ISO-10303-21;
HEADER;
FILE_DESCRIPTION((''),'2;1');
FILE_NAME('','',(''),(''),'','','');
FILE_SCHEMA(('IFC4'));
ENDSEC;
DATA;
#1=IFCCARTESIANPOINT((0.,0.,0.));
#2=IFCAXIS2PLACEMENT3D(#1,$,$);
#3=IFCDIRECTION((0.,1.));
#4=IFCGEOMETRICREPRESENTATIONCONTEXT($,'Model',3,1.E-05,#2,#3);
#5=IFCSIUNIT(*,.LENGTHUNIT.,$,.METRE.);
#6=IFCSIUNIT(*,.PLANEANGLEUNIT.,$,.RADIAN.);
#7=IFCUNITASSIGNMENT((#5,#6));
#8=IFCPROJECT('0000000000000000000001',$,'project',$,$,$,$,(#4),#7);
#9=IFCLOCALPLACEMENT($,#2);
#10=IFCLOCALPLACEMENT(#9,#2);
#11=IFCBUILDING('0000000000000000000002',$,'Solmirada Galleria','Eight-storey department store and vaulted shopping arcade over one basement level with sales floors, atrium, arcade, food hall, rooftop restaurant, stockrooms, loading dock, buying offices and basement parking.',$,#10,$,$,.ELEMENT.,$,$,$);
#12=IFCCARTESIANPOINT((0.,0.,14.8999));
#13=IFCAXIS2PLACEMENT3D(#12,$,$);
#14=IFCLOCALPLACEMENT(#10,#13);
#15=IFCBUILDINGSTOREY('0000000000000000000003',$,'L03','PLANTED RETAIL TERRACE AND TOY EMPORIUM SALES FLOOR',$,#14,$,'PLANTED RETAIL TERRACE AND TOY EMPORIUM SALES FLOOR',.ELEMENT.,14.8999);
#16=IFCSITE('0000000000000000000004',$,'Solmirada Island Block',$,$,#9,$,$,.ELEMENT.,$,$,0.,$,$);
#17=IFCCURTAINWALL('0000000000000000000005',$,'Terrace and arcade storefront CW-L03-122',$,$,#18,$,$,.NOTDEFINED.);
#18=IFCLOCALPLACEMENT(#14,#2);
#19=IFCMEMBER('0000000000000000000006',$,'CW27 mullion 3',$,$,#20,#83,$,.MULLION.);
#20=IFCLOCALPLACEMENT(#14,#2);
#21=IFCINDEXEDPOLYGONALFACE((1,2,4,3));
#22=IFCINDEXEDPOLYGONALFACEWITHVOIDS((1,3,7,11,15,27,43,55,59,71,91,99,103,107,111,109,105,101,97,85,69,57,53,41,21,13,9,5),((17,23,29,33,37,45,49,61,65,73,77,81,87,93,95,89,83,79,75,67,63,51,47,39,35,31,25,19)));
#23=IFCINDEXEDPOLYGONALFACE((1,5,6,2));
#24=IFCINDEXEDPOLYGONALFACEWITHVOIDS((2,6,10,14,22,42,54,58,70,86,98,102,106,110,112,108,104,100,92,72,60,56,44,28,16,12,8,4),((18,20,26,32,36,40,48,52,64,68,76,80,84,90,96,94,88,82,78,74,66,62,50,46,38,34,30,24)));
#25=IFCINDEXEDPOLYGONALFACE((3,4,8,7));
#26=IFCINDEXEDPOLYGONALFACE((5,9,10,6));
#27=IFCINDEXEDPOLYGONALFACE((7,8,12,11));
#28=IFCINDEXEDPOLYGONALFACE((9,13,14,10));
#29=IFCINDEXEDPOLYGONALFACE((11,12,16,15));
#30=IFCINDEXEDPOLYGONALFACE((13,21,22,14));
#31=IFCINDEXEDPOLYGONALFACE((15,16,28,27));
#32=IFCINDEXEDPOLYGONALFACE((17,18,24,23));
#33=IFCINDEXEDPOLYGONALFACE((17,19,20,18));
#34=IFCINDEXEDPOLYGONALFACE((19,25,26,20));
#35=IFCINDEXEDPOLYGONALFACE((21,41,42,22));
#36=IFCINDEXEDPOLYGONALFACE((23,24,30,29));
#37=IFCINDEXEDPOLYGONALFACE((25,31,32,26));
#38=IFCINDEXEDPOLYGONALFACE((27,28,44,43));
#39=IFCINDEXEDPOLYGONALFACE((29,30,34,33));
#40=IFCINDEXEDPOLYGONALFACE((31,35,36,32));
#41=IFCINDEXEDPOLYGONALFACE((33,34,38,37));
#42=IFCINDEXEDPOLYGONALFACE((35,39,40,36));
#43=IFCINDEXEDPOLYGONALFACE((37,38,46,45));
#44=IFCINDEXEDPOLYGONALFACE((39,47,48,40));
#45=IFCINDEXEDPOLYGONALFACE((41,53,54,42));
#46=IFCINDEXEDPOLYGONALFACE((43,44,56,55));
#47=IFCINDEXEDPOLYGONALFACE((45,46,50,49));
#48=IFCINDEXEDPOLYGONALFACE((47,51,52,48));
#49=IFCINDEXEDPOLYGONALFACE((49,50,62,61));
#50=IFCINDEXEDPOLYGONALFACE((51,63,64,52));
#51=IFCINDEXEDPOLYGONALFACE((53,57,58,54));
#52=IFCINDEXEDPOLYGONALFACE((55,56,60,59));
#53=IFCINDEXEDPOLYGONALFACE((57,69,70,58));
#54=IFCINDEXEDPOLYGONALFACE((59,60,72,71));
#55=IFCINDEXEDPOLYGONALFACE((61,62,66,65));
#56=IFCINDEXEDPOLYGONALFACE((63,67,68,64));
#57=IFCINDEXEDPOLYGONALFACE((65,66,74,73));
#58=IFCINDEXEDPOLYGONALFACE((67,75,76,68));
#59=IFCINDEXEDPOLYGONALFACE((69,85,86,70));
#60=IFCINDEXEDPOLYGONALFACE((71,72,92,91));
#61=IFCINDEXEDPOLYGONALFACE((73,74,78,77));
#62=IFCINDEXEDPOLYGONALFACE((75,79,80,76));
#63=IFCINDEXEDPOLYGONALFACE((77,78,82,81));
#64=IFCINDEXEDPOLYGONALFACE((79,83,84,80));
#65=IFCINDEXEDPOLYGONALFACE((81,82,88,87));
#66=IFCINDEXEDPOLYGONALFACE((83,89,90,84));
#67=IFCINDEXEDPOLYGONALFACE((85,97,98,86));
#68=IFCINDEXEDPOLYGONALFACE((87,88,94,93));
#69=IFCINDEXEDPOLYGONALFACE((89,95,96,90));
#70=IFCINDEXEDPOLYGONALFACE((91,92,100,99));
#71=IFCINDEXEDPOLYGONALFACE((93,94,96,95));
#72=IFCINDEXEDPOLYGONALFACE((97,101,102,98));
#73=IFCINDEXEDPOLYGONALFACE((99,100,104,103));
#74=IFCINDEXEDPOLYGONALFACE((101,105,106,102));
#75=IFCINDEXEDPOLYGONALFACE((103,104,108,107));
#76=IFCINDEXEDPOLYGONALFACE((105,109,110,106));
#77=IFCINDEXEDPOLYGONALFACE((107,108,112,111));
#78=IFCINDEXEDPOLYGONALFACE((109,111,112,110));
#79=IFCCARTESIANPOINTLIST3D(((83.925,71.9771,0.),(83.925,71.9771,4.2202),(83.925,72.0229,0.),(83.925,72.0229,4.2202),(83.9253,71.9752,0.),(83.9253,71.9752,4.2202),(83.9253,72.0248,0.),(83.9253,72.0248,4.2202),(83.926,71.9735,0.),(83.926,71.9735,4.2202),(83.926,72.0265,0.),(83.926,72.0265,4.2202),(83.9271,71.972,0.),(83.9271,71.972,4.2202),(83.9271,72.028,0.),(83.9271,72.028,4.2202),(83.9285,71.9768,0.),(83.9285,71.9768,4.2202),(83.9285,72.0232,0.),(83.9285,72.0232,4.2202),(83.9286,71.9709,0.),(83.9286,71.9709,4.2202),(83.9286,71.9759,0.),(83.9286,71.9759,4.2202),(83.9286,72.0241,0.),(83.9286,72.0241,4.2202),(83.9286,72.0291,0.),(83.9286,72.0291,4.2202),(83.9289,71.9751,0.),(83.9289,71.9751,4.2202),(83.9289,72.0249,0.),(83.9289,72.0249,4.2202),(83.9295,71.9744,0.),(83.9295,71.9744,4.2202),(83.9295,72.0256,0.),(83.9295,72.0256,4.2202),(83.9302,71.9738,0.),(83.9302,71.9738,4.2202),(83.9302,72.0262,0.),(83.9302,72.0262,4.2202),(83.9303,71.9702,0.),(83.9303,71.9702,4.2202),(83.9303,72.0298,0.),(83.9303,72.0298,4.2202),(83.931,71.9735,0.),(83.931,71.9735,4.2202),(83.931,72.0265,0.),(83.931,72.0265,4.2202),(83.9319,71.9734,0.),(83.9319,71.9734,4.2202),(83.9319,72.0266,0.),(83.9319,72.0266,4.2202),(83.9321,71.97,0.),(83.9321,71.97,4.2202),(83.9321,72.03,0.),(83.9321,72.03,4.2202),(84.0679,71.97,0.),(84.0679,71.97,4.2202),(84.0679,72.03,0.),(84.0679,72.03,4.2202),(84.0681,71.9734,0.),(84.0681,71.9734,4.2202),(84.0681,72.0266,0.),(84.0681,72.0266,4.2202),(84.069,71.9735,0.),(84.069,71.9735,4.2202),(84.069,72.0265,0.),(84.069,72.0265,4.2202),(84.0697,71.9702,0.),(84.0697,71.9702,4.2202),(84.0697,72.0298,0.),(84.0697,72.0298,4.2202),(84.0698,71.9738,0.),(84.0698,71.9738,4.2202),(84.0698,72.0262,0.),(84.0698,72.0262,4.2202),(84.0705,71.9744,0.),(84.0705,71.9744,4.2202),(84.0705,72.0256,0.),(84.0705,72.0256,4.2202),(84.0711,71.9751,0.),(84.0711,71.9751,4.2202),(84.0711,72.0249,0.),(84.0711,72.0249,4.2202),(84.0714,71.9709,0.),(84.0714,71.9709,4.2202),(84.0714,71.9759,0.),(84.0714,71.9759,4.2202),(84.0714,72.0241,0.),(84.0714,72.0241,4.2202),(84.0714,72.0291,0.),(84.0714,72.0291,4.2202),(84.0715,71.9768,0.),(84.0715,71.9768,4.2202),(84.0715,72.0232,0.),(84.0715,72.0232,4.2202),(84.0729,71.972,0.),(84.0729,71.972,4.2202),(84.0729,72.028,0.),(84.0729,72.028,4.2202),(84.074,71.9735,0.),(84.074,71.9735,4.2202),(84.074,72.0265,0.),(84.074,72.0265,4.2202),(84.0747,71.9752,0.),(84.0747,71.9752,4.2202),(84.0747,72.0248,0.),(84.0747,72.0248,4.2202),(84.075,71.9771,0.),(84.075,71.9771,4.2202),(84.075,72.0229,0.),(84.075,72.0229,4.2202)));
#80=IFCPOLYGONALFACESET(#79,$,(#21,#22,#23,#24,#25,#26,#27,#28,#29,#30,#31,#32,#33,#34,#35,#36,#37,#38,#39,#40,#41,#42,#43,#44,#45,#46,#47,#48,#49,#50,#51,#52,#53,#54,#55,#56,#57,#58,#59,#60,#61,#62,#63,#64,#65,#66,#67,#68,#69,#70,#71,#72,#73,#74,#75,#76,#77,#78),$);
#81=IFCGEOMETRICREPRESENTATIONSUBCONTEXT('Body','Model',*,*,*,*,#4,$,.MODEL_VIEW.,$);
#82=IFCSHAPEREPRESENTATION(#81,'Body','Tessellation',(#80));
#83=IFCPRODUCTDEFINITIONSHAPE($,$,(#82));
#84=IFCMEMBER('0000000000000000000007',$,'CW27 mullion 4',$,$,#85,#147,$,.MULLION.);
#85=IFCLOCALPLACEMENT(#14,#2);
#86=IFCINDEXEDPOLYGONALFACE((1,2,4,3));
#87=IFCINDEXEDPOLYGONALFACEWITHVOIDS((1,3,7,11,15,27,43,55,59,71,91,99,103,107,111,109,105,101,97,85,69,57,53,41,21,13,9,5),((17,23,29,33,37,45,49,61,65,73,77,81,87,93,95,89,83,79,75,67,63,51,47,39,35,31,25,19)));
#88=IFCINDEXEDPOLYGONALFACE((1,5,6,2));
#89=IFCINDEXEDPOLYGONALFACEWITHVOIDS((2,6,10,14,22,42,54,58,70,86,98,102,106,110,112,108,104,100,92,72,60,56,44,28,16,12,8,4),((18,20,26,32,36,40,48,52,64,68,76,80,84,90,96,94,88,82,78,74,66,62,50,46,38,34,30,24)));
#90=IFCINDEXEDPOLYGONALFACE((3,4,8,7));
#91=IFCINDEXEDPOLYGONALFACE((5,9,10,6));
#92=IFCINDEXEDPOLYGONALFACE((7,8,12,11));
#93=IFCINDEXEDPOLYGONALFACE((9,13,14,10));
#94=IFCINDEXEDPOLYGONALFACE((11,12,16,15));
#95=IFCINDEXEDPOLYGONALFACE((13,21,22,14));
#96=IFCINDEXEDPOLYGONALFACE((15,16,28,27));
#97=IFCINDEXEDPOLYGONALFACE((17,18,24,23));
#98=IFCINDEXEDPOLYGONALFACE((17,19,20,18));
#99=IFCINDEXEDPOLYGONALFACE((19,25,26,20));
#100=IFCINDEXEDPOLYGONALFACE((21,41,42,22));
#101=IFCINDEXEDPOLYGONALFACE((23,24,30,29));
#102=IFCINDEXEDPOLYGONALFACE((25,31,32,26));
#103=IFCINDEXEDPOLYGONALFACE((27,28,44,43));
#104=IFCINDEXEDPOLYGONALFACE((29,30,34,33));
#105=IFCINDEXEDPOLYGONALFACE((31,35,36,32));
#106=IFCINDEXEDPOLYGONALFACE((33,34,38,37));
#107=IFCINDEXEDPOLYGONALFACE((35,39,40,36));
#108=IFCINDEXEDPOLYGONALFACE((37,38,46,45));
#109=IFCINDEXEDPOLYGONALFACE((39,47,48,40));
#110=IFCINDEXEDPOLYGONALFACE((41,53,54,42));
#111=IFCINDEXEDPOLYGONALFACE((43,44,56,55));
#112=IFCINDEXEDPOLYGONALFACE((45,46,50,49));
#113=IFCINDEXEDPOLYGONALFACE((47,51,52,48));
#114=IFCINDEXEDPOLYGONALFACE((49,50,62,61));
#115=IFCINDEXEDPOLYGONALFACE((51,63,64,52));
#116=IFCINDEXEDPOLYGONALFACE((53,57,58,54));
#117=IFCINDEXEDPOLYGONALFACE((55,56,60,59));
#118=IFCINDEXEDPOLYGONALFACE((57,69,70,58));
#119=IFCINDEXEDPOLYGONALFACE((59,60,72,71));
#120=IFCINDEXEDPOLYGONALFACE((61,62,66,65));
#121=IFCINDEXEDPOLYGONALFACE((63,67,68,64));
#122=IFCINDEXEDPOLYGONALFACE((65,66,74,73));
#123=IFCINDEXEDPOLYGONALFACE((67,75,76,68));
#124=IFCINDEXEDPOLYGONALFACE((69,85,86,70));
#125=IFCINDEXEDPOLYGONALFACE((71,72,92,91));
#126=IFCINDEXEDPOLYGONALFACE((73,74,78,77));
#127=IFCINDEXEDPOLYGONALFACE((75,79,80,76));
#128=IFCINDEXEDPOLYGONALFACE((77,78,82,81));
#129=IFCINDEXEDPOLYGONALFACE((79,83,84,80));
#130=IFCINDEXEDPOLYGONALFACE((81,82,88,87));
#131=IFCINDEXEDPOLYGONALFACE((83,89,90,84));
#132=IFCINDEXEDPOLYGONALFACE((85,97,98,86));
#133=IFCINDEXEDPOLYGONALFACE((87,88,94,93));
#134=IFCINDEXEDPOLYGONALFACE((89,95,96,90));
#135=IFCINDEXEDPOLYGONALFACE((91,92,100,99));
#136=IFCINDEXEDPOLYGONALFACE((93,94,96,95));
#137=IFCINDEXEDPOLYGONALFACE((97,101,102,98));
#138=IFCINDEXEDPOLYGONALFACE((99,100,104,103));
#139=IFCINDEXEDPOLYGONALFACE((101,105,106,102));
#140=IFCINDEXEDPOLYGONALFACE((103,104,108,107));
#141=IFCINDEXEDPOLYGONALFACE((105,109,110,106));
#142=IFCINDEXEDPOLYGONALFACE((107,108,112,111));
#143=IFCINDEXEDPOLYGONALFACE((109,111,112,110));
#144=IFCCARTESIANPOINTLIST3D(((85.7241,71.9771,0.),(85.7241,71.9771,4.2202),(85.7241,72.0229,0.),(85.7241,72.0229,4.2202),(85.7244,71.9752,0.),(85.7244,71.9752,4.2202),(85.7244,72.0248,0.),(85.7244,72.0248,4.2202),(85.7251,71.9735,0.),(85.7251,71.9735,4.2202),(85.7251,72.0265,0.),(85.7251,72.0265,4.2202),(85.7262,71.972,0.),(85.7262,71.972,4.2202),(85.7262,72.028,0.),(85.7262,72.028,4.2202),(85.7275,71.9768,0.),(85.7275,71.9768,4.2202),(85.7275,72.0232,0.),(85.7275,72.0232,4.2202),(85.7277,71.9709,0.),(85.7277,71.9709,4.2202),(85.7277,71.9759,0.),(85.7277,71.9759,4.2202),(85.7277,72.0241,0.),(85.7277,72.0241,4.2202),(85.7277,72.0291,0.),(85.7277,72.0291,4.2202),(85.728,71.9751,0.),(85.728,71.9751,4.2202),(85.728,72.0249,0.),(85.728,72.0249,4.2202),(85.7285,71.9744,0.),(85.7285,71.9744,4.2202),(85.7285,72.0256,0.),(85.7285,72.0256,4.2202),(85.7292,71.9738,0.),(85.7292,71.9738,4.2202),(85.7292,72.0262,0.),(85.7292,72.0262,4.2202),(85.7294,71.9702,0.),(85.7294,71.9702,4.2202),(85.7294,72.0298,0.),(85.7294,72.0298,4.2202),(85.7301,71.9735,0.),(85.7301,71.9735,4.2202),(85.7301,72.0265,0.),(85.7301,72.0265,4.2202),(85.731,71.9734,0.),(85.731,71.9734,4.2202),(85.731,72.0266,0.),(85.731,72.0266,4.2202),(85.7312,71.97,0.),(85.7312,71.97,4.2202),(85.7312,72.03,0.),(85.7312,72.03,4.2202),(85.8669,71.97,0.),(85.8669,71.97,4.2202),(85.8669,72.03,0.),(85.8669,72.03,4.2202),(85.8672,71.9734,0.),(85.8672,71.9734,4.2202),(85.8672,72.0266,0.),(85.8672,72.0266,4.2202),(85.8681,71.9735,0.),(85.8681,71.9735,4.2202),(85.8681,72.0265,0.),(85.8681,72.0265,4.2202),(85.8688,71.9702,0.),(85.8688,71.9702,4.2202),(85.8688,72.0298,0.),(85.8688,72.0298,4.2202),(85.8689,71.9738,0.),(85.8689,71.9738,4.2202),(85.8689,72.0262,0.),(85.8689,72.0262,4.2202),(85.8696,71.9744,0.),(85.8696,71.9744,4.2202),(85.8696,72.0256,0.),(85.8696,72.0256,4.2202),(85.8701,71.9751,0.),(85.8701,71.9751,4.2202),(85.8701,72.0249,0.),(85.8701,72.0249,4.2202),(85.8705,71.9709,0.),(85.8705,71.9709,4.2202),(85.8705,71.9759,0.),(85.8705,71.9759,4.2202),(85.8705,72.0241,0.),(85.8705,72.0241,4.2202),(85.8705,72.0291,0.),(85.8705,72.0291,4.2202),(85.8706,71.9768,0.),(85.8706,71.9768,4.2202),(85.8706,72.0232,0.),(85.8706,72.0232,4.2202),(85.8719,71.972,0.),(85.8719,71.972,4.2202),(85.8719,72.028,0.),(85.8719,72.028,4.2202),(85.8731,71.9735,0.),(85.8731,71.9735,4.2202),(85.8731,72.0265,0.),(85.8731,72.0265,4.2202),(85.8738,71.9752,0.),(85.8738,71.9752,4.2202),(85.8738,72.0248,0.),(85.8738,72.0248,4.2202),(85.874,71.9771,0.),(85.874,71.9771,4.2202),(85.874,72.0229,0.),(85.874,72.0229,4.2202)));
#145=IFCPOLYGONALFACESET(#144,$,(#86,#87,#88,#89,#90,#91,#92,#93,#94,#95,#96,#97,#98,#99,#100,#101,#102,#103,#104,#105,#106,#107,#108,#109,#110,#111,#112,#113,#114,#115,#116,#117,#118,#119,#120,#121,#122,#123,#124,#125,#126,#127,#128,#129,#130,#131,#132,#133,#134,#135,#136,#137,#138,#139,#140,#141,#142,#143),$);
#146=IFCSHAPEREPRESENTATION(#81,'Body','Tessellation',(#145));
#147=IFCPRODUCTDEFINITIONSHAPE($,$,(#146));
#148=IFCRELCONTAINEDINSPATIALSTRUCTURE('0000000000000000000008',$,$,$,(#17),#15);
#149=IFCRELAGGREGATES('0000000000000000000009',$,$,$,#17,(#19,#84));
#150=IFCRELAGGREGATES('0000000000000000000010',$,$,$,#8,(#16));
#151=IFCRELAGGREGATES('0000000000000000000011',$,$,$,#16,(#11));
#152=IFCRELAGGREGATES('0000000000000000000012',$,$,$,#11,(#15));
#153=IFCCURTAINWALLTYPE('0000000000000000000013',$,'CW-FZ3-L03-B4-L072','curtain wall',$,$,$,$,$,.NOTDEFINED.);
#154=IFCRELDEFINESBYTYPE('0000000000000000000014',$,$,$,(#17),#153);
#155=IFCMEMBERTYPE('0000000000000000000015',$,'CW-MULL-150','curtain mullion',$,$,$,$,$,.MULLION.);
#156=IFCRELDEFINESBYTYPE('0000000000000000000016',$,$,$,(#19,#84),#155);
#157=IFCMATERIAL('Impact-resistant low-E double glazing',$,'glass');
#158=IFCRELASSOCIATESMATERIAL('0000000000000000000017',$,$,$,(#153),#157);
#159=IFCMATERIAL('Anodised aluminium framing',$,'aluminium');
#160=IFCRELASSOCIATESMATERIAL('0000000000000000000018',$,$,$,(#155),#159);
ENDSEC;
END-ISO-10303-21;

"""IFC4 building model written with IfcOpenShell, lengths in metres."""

from ifc_helpers import new_model, si_unit, direction, frame, origin, origin_2d, place, context, subcontext, project, spatial, hollow_rectangle, extrude, material, material_profile, profile_set, type_object, element, aggregate, save


model = new_model("IFC4")

# Units and contexts
model_context = context("Model", 3, precision=1e-05, world=origin(), true_north=direction((0.0, 1.0)))
body_context = subcontext(model_context, "Body", "Model", "MODEL_VIEW")
ifc_project = project(units=[si_unit("LENGTHUNIT", "METRE"), si_unit("PLANEANGLEUNIT", "RADIAN")], contexts=[model_context])

# Site, building, storey
site_placement = place(None, origin())
site = spatial("IfcSite", under=ifc_project, at=site_placement, Name="Solmirada Island Block", CompositionType="ELEMENT", RefElevation=0.0)
building_placement = place(site_placement, origin())
building = spatial("IfcBuilding", under=site, at=building_placement, Name="Solmirada Galleria", Description="Eight-storey department store and vaulted shopping arcade over one basement level with sales floors, atrium, arcade, food hall, rooftop restaurant, stockrooms, loading dock, buying offices and basement parking.", CompositionType="ELEMENT")
storey_placement = place(building_placement, frame((0.0, 0.0, 14.8999)))
storey = spatial("IfcBuildingStorey", under=building, at=storey_placement, Name="L03", Description="PLANTED RETAIL TERRACE AND TOY EMPORIUM SALES FLOOR", LongName="PLANTED RETAIL TERRACE AND TOY EMPORIUM SALES FLOOR", CompositionType="ELEMENT", Elevation=14.8999)

# Shared definitions
ifc_material_1 = material(Name="Impact-resistant low-E double glazing", Category="glass")
curtain_wall_type = type_object("IfcCurtainWallType", Name="CW-FZ3-L03-B4-L072", Description="curtain wall", PredefinedType="NOTDEFINED", material=ifc_material_1)
ifc_material_2 = material(Name="Anodised aluminium framing", Category="aluminium")
ifc_material_profile_1 = material_profile(ifc_material_2, hollow_rectangle(XDim=0.0601, YDim=0.1499, WallThickness=0.0034, InnerFilletRadius=0.0034, OuterFilletRadius=0.0071, at=origin_2d()), Name="ALU-MULL-150X60")
ifc_profile_set_1 = profile_set([ifc_material_profile_1], Name="Anodised aluminium framing")
member_type_1 = type_object("IfcMemberType", Name="CW-MULL-150", Description="curtain mullion", PredefinedType="MULLION", material=ifc_profile_set_1)

# Curtain wall, members
curtain_wall_1_placement = place(storey_placement, origin())
curtain_wall_1 = element("IfcCurtainWall", 1, at=curtain_wall_1_placement, inside=storey, type_object=curtain_wall_type, Name="Terrace and arcade storefront CW-L03-122", PredefinedType="NOTDEFINED")
member_1_placement = place(storey_placement, frame((84.0, 72.0, 0.0), z_axis=(0.0, 0.0, 1.0), x_axis=(0.0, 1.0, 0.0)))
member_1 = element("IfcMember", 2, at=member_1_placement, type_object=member_type_1, Name="CW27 mullion 3", PredefinedType="MULLION", context=body_context, shape_type="SweptSolid", body=[
    extrude(hollow_rectangle(XDim=0.0601, YDim=0.1499, WallThickness=0.0034, InnerFilletRadius=0.0034, OuterFilletRadius=0.0071, at=origin_2d()), origin(), (0.0, 0.0, 1.0), 4.2202),
])
member_2_placement = place(storey_placement, frame((85.7991, 72.0, 0.0), z_axis=(0.0, 0.0, 1.0), x_axis=(0.0, 1.0, 0.0)))
member_2 = element("IfcMember", 3, at=member_2_placement, type_object=member_type_1, Name="CW27 mullion 4", PredefinedType="MULLION", context=body_context, shape_type="SweptSolid", body=[
    extrude(hollow_rectangle(XDim=0.0601, YDim=0.1499, WallThickness=0.0034, InnerFilletRadius=0.0034, OuterFilletRadius=0.0071, at=origin_2d()), origin(), (0.0, 0.0, 1.0), 4.2202),
])
aggregate(curtain_wall_1, [member_1, member_2])

save(model, "model.ifc")
